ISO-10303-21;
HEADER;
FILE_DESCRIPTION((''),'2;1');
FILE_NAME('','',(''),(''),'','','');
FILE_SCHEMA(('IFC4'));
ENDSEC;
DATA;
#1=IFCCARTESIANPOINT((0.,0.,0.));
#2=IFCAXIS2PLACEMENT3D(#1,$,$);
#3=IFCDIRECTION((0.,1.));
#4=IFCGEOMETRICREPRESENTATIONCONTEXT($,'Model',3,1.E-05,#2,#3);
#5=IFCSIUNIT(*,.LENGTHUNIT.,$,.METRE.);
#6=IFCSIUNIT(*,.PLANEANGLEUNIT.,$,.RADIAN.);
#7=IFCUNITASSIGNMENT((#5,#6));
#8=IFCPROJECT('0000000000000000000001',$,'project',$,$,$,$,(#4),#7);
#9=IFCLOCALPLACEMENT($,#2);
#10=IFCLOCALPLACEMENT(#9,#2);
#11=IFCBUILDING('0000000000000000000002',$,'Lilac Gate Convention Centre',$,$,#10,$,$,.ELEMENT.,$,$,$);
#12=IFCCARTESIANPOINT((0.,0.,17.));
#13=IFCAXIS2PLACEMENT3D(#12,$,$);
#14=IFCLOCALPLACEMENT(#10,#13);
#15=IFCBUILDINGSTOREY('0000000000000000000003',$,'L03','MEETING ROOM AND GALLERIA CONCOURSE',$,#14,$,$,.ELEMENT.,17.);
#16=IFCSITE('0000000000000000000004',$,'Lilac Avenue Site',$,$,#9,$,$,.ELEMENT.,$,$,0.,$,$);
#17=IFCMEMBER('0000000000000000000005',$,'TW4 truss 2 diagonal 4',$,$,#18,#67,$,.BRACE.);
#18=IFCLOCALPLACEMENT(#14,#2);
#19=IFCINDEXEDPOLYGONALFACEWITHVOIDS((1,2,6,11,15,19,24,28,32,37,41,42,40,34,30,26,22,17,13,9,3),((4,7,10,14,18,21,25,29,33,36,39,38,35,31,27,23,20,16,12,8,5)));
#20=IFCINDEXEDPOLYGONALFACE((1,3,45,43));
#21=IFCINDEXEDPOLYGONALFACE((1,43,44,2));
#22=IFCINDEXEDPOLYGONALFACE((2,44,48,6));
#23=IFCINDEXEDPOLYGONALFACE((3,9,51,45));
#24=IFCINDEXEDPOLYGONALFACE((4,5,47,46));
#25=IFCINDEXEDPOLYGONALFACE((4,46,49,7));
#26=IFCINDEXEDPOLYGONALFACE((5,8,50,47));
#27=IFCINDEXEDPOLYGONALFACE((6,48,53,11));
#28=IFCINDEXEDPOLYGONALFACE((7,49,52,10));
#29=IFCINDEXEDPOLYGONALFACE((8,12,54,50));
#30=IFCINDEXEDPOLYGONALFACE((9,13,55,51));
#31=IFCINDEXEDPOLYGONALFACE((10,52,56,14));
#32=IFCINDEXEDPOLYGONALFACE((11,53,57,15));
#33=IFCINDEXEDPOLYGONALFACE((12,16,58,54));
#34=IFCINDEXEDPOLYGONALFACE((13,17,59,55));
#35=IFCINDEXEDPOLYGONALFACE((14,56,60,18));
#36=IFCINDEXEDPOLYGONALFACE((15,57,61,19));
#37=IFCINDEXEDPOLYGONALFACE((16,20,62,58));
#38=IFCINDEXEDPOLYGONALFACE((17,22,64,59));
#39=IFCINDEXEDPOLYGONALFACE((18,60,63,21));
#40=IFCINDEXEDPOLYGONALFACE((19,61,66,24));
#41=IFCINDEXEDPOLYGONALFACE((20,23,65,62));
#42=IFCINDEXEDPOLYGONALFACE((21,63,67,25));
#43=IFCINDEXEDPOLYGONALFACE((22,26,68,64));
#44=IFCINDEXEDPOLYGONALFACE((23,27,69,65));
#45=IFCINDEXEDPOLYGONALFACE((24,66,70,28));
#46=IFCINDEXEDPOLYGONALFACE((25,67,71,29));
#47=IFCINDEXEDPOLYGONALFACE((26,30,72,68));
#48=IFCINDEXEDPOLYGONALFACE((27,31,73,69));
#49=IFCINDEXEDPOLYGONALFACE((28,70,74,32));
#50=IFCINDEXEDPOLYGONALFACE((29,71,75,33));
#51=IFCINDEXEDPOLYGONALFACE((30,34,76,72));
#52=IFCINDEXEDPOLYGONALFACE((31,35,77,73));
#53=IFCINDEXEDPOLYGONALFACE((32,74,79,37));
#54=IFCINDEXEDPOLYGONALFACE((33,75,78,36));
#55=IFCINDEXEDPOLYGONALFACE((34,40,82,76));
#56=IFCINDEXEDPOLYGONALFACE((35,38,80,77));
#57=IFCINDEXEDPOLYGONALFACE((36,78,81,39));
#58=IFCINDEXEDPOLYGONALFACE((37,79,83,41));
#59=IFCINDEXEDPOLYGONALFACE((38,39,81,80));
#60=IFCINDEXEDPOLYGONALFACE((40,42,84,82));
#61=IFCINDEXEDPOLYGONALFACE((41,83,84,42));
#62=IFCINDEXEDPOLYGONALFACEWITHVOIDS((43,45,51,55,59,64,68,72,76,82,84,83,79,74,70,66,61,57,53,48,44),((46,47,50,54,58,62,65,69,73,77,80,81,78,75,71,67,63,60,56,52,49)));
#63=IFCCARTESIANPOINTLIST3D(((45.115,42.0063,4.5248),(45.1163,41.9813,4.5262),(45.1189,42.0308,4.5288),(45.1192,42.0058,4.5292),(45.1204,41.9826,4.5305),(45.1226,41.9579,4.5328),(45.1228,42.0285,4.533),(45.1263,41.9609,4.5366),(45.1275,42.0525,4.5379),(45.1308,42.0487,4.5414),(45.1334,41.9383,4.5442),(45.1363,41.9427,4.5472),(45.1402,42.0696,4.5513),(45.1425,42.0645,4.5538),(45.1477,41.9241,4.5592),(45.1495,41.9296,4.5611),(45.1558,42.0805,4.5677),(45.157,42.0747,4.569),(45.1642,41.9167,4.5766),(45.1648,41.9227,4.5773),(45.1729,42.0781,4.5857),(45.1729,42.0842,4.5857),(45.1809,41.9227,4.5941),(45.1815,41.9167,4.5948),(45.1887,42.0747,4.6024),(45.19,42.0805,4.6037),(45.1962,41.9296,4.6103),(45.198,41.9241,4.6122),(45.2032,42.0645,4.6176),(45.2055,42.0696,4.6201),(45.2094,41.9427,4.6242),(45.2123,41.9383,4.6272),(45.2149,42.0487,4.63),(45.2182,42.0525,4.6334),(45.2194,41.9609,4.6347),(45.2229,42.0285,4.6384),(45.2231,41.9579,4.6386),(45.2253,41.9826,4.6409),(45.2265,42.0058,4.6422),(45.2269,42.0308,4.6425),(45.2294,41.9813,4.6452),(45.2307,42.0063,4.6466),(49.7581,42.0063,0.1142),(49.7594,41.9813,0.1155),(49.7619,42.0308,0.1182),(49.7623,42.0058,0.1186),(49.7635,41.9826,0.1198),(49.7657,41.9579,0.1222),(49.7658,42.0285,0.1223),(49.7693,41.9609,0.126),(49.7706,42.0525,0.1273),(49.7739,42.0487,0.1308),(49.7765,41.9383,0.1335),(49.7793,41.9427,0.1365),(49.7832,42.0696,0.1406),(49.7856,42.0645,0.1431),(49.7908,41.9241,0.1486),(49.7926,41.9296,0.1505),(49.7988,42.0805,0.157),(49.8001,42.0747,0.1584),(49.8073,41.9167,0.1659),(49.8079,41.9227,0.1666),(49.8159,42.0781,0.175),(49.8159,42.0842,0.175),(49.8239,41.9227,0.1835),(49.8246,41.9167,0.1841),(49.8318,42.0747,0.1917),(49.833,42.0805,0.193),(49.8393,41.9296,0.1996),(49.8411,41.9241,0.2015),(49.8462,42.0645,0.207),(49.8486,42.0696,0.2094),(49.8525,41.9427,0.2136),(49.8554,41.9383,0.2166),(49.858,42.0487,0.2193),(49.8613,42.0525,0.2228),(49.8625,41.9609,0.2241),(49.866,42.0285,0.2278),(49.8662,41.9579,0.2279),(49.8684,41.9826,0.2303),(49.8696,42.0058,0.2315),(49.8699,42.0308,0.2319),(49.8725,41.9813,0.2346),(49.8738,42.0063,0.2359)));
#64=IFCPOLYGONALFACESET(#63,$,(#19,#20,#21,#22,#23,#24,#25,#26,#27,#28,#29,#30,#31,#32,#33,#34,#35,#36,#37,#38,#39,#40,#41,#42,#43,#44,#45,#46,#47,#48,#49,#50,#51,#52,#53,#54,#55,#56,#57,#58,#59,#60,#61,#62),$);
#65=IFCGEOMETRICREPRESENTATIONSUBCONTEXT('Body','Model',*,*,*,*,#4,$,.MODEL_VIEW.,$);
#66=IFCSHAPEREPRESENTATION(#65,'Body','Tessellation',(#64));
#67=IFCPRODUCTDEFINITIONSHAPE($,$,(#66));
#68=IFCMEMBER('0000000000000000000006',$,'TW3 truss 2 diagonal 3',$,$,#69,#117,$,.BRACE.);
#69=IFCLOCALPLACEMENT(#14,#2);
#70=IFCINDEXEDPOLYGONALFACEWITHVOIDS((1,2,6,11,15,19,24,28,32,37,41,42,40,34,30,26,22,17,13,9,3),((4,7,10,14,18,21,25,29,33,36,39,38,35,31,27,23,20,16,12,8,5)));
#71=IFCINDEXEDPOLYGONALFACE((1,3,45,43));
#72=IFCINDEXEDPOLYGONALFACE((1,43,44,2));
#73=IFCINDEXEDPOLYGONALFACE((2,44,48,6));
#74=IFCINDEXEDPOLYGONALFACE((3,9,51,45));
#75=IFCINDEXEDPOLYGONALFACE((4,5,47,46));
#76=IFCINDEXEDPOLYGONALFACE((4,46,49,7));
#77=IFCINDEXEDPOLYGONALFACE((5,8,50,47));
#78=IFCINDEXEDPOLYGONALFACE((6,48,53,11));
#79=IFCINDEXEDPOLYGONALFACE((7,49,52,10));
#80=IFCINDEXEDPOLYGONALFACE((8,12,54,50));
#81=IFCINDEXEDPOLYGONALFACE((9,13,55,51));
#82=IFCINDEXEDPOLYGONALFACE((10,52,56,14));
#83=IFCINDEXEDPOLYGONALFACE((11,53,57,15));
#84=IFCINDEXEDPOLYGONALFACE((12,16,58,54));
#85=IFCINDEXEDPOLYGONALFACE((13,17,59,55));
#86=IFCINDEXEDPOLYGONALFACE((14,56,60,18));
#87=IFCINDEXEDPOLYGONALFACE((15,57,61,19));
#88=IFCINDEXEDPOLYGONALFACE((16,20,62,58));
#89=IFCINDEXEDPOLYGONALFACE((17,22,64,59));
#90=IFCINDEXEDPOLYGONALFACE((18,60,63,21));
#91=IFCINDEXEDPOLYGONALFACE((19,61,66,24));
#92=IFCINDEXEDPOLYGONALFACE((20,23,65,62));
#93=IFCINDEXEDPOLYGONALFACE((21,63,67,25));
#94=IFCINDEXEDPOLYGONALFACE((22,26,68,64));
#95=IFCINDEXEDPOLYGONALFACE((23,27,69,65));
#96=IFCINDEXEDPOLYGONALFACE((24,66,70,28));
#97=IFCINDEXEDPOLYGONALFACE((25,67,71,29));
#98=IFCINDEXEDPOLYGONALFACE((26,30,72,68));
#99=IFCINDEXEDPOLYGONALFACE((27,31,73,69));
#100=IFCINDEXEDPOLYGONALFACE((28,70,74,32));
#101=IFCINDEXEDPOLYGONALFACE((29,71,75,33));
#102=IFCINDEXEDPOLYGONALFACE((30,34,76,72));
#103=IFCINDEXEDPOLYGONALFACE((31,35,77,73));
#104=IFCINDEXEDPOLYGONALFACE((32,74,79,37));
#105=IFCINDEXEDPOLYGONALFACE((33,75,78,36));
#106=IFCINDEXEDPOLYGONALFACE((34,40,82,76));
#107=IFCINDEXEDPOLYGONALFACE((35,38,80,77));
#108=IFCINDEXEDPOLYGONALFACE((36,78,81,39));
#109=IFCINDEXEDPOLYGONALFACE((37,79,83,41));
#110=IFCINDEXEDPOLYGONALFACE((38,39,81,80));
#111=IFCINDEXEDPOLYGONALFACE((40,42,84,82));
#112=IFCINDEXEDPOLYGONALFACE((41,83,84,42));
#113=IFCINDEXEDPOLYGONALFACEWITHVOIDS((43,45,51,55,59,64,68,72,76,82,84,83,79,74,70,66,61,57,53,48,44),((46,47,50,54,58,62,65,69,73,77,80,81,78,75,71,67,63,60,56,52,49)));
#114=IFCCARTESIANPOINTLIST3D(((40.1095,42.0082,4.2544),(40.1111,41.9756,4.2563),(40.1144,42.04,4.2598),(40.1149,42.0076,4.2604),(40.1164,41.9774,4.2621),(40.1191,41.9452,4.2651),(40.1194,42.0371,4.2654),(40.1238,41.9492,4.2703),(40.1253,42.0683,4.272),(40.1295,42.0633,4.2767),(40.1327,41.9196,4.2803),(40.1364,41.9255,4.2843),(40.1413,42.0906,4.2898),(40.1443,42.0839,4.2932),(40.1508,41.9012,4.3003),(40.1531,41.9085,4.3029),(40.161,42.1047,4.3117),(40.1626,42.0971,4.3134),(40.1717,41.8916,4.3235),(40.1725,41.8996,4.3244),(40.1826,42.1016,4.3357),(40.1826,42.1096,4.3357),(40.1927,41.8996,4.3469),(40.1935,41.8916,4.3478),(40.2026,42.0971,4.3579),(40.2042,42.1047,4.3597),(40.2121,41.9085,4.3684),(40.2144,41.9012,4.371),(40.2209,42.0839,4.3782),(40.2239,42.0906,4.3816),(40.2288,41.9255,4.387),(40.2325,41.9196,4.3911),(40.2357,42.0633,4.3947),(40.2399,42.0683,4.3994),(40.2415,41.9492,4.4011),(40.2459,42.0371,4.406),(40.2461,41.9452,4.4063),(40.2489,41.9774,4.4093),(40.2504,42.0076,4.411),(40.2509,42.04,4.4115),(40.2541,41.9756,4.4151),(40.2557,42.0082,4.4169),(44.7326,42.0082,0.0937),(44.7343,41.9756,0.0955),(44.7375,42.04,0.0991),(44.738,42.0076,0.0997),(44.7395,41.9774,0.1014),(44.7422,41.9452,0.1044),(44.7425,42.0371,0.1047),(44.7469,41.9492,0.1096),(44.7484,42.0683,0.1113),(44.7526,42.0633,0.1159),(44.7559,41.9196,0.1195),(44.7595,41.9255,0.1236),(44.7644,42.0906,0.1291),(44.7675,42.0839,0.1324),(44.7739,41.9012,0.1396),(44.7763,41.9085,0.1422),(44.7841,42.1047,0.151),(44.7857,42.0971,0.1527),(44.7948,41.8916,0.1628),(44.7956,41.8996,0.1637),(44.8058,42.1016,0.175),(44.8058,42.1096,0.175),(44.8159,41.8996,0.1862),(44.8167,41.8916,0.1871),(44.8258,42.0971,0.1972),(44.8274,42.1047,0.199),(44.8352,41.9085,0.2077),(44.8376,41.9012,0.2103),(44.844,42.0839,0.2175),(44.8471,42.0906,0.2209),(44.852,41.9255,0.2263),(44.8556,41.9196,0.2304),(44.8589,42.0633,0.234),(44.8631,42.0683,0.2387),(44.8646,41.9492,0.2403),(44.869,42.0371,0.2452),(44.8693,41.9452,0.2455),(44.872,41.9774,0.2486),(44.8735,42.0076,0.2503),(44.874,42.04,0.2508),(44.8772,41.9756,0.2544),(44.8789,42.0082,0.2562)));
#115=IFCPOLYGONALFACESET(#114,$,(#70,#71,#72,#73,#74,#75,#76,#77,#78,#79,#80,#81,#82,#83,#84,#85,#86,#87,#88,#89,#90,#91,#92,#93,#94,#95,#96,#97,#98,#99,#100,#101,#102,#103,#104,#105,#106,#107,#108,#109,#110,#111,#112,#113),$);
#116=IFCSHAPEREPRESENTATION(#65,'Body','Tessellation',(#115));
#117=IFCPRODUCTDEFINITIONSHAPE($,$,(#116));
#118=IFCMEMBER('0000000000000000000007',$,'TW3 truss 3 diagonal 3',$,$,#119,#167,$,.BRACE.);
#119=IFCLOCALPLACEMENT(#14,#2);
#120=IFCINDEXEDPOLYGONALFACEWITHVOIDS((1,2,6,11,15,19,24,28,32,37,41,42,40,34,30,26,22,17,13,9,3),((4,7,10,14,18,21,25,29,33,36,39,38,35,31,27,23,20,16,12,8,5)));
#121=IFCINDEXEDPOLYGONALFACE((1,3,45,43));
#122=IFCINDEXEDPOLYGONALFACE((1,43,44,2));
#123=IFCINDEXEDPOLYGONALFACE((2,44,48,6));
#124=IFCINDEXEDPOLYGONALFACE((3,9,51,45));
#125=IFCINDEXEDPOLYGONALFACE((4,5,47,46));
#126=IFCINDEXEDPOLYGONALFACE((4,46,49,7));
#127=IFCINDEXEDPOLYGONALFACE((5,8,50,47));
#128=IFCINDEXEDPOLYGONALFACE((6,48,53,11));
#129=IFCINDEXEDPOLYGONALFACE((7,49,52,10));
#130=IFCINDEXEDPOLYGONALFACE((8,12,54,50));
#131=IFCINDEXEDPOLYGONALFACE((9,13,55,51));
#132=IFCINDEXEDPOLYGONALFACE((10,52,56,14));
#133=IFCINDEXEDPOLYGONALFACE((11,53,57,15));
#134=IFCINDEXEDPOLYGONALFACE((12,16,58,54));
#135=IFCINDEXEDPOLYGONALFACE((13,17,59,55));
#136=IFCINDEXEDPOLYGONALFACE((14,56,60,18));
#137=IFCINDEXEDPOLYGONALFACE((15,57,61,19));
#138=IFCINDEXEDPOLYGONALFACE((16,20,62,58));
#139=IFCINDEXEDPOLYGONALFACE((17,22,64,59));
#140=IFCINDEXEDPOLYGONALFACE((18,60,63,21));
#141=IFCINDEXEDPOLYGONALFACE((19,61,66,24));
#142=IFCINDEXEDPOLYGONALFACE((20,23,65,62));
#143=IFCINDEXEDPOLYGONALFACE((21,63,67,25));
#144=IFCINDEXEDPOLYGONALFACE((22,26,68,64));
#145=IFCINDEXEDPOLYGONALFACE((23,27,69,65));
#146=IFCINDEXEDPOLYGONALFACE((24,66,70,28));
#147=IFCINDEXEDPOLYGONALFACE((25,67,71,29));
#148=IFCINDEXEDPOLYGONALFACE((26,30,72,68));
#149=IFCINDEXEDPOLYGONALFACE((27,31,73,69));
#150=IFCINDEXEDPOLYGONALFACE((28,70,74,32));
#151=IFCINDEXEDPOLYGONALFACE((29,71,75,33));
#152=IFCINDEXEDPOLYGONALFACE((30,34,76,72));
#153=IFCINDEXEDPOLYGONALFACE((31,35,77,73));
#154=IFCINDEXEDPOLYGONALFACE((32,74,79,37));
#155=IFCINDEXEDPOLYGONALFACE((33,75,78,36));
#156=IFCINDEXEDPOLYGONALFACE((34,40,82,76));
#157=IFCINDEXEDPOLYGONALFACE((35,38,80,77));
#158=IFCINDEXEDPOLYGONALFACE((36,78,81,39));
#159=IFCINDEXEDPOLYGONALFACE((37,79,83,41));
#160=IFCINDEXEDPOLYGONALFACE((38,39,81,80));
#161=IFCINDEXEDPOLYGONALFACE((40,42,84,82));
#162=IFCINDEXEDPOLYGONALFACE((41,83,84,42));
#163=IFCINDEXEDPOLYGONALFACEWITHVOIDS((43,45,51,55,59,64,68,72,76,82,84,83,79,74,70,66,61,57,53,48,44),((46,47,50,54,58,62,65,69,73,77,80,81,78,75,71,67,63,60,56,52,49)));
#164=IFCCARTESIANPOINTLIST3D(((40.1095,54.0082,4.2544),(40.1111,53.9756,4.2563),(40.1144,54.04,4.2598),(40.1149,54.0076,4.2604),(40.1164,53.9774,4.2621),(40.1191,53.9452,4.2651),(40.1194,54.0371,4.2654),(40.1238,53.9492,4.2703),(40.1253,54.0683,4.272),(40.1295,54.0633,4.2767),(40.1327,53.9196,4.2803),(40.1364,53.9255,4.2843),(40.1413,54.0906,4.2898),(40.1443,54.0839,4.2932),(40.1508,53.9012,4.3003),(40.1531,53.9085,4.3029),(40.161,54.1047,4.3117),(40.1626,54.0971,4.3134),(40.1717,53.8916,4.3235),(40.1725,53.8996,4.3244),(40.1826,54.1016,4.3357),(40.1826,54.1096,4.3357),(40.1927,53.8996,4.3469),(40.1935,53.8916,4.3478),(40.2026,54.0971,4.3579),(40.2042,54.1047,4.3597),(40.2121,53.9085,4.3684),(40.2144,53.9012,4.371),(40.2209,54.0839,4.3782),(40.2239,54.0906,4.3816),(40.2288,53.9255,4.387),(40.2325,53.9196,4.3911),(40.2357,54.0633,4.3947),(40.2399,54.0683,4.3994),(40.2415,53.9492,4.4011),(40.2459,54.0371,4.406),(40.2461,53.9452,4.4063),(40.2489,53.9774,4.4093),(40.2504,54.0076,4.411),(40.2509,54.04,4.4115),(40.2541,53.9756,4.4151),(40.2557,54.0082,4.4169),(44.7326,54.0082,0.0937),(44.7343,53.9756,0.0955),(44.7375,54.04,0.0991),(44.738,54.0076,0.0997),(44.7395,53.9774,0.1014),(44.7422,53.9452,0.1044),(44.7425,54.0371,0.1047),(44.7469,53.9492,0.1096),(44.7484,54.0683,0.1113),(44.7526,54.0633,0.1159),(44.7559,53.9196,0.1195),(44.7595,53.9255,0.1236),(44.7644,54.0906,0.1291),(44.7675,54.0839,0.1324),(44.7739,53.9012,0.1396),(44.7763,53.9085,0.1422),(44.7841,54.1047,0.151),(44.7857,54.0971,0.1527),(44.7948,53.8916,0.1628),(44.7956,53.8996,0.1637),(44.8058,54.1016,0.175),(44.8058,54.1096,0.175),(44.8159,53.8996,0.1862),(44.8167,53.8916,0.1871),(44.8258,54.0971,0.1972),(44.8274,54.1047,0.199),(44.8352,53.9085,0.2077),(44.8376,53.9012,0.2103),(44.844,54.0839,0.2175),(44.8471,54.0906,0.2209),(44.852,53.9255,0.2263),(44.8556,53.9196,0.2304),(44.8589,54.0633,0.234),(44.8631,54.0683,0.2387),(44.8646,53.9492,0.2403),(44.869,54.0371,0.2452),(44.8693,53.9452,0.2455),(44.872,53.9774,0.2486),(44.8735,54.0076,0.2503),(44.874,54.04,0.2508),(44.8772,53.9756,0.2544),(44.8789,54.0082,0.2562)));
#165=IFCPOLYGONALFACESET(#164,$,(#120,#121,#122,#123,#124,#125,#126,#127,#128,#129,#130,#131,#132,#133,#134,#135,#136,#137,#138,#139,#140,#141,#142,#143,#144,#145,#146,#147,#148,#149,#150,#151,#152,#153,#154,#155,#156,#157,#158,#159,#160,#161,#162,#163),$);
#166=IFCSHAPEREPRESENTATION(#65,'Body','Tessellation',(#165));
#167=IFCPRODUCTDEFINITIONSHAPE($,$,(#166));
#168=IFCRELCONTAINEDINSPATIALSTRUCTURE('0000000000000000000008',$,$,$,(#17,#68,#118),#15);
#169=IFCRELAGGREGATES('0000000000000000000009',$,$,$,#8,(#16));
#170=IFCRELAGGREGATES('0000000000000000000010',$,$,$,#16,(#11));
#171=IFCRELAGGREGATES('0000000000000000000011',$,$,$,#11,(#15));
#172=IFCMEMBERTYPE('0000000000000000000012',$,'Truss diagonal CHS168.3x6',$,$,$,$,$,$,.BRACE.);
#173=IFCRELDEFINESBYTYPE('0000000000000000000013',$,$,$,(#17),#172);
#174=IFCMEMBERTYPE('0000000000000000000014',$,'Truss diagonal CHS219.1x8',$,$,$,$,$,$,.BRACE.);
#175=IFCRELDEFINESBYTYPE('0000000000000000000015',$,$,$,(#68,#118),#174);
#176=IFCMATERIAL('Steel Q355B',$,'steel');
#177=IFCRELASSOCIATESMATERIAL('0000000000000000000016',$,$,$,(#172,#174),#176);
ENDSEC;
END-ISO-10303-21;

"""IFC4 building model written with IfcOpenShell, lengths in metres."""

from ifc_helpers import new_model, si_unit, direction, frame, origin, origin_2d, place, context, subcontext, project, spatial, hollow_circle, extrude, material, material_profile, profile_set, type_object, element, save


model = new_model("IFC4")

# Units and contexts
model_context = context("Model", 3, precision=1e-05, world=origin(), true_north=direction((0.0, 1.0)))
body_context = subcontext(model_context, "Body", "Model", "MODEL_VIEW")
ifc_project = project(units=[si_unit("LENGTHUNIT", "METRE"), si_unit("PLANEANGLEUNIT", "RADIAN")], contexts=[model_context])

# Site, building, storey
site_placement = place(None, origin())
site = spatial("IfcSite", under=ifc_project, at=site_placement, Name="Lilac Avenue Site", CompositionType="ELEMENT", RefElevation=0.0)
building_placement = place(site_placement, origin())
building = spatial("IfcBuilding", under=site, at=building_placement, Name="Lilac Gate Convention Centre", CompositionType="ELEMENT")
storey_placement = place(building_placement, frame((0.0, 0.0, 17.0)))
storey = spatial("IfcBuildingStorey", under=building, at=storey_placement, Name="L03", Description="MEETING ROOM AND GALLERIA CONCOURSE", CompositionType="ELEMENT", Elevation=17.0)

# Members
ifc_material = material(Name="Steel Q355B", Category="steel")
ifc_material_profile_1 = material_profile(ifc_material, hollow_circle(Radius=0.0842, WallThickness=0.0061, at=origin_2d()), Name="CHS168.3x6")
ifc_profile_set_1 = profile_set([ifc_material_profile_1], Name="Steel Q355B")
member_type_1 = type_object("IfcMemberType", Name="Truss diagonal CHS168.3x6", PredefinedType="BRACE", material=ifc_profile_set_1)
member_1_placement = place(storey_placement, frame((45.1729, 42.0, 4.5857), z_axis=(0.72502, 0.0, -0.688727), x_axis=(0.0, 1.0, 0.0)))
element("IfcMember", 1, at=member_1_placement, inside=storey, type_object=member_type_1, Name="TW4 truss 2 diagonal 4", PredefinedType="BRACE", context=body_context, shape_type="SweptSolid", body=[
    extrude(hollow_circle(Radius=0.0842, WallThickness=0.0061, at=origin_2d()), origin(), (0.0, 0.0, 1.0), 6.4041),
])
ifc_material_profile_2 = material_profile(ifc_material, hollow_circle(Radius=0.1096, WallThickness=0.0081, at=origin_2d()), Name="CHS219.1x8")
ifc_profile_set_2 = profile_set([ifc_material_profile_2], Name="Steel Q355B")
member_type_2 = type_object("IfcMemberType", Name="Truss diagonal CHS219.1x8", PredefinedType="BRACE", material=ifc_profile_set_2)
for number, where, z_axis, x_axis, name in (
    (2, (40.1826, 42.0, 4.3357), (0.743302, 0.0, -0.668956), (0.0, 1.0, 0.0), "TW3 truss 2 diagonal 3"),
    (3, (40.1826, 54.0, 4.3357), (0.743302, 0.0, -0.668956), (0.0, 1.0, 0.0), "TW3 truss 3 diagonal 3"),
):
    element("IfcMember", number, at=place(storey_placement, frame(where, z_axis=z_axis, x_axis=x_axis)), inside=storey, type_object=member_type_2, Name=name, PredefinedType="BRACE", context=body_context, shape_type="SweptSolid", body=[
        extrude(hollow_circle(Radius=0.1096, WallThickness=0.0081, at=origin_2d()), origin(), (0.0, 0.0, 1.0), 6.2197),
    ])

save(model, "model.ifc")
